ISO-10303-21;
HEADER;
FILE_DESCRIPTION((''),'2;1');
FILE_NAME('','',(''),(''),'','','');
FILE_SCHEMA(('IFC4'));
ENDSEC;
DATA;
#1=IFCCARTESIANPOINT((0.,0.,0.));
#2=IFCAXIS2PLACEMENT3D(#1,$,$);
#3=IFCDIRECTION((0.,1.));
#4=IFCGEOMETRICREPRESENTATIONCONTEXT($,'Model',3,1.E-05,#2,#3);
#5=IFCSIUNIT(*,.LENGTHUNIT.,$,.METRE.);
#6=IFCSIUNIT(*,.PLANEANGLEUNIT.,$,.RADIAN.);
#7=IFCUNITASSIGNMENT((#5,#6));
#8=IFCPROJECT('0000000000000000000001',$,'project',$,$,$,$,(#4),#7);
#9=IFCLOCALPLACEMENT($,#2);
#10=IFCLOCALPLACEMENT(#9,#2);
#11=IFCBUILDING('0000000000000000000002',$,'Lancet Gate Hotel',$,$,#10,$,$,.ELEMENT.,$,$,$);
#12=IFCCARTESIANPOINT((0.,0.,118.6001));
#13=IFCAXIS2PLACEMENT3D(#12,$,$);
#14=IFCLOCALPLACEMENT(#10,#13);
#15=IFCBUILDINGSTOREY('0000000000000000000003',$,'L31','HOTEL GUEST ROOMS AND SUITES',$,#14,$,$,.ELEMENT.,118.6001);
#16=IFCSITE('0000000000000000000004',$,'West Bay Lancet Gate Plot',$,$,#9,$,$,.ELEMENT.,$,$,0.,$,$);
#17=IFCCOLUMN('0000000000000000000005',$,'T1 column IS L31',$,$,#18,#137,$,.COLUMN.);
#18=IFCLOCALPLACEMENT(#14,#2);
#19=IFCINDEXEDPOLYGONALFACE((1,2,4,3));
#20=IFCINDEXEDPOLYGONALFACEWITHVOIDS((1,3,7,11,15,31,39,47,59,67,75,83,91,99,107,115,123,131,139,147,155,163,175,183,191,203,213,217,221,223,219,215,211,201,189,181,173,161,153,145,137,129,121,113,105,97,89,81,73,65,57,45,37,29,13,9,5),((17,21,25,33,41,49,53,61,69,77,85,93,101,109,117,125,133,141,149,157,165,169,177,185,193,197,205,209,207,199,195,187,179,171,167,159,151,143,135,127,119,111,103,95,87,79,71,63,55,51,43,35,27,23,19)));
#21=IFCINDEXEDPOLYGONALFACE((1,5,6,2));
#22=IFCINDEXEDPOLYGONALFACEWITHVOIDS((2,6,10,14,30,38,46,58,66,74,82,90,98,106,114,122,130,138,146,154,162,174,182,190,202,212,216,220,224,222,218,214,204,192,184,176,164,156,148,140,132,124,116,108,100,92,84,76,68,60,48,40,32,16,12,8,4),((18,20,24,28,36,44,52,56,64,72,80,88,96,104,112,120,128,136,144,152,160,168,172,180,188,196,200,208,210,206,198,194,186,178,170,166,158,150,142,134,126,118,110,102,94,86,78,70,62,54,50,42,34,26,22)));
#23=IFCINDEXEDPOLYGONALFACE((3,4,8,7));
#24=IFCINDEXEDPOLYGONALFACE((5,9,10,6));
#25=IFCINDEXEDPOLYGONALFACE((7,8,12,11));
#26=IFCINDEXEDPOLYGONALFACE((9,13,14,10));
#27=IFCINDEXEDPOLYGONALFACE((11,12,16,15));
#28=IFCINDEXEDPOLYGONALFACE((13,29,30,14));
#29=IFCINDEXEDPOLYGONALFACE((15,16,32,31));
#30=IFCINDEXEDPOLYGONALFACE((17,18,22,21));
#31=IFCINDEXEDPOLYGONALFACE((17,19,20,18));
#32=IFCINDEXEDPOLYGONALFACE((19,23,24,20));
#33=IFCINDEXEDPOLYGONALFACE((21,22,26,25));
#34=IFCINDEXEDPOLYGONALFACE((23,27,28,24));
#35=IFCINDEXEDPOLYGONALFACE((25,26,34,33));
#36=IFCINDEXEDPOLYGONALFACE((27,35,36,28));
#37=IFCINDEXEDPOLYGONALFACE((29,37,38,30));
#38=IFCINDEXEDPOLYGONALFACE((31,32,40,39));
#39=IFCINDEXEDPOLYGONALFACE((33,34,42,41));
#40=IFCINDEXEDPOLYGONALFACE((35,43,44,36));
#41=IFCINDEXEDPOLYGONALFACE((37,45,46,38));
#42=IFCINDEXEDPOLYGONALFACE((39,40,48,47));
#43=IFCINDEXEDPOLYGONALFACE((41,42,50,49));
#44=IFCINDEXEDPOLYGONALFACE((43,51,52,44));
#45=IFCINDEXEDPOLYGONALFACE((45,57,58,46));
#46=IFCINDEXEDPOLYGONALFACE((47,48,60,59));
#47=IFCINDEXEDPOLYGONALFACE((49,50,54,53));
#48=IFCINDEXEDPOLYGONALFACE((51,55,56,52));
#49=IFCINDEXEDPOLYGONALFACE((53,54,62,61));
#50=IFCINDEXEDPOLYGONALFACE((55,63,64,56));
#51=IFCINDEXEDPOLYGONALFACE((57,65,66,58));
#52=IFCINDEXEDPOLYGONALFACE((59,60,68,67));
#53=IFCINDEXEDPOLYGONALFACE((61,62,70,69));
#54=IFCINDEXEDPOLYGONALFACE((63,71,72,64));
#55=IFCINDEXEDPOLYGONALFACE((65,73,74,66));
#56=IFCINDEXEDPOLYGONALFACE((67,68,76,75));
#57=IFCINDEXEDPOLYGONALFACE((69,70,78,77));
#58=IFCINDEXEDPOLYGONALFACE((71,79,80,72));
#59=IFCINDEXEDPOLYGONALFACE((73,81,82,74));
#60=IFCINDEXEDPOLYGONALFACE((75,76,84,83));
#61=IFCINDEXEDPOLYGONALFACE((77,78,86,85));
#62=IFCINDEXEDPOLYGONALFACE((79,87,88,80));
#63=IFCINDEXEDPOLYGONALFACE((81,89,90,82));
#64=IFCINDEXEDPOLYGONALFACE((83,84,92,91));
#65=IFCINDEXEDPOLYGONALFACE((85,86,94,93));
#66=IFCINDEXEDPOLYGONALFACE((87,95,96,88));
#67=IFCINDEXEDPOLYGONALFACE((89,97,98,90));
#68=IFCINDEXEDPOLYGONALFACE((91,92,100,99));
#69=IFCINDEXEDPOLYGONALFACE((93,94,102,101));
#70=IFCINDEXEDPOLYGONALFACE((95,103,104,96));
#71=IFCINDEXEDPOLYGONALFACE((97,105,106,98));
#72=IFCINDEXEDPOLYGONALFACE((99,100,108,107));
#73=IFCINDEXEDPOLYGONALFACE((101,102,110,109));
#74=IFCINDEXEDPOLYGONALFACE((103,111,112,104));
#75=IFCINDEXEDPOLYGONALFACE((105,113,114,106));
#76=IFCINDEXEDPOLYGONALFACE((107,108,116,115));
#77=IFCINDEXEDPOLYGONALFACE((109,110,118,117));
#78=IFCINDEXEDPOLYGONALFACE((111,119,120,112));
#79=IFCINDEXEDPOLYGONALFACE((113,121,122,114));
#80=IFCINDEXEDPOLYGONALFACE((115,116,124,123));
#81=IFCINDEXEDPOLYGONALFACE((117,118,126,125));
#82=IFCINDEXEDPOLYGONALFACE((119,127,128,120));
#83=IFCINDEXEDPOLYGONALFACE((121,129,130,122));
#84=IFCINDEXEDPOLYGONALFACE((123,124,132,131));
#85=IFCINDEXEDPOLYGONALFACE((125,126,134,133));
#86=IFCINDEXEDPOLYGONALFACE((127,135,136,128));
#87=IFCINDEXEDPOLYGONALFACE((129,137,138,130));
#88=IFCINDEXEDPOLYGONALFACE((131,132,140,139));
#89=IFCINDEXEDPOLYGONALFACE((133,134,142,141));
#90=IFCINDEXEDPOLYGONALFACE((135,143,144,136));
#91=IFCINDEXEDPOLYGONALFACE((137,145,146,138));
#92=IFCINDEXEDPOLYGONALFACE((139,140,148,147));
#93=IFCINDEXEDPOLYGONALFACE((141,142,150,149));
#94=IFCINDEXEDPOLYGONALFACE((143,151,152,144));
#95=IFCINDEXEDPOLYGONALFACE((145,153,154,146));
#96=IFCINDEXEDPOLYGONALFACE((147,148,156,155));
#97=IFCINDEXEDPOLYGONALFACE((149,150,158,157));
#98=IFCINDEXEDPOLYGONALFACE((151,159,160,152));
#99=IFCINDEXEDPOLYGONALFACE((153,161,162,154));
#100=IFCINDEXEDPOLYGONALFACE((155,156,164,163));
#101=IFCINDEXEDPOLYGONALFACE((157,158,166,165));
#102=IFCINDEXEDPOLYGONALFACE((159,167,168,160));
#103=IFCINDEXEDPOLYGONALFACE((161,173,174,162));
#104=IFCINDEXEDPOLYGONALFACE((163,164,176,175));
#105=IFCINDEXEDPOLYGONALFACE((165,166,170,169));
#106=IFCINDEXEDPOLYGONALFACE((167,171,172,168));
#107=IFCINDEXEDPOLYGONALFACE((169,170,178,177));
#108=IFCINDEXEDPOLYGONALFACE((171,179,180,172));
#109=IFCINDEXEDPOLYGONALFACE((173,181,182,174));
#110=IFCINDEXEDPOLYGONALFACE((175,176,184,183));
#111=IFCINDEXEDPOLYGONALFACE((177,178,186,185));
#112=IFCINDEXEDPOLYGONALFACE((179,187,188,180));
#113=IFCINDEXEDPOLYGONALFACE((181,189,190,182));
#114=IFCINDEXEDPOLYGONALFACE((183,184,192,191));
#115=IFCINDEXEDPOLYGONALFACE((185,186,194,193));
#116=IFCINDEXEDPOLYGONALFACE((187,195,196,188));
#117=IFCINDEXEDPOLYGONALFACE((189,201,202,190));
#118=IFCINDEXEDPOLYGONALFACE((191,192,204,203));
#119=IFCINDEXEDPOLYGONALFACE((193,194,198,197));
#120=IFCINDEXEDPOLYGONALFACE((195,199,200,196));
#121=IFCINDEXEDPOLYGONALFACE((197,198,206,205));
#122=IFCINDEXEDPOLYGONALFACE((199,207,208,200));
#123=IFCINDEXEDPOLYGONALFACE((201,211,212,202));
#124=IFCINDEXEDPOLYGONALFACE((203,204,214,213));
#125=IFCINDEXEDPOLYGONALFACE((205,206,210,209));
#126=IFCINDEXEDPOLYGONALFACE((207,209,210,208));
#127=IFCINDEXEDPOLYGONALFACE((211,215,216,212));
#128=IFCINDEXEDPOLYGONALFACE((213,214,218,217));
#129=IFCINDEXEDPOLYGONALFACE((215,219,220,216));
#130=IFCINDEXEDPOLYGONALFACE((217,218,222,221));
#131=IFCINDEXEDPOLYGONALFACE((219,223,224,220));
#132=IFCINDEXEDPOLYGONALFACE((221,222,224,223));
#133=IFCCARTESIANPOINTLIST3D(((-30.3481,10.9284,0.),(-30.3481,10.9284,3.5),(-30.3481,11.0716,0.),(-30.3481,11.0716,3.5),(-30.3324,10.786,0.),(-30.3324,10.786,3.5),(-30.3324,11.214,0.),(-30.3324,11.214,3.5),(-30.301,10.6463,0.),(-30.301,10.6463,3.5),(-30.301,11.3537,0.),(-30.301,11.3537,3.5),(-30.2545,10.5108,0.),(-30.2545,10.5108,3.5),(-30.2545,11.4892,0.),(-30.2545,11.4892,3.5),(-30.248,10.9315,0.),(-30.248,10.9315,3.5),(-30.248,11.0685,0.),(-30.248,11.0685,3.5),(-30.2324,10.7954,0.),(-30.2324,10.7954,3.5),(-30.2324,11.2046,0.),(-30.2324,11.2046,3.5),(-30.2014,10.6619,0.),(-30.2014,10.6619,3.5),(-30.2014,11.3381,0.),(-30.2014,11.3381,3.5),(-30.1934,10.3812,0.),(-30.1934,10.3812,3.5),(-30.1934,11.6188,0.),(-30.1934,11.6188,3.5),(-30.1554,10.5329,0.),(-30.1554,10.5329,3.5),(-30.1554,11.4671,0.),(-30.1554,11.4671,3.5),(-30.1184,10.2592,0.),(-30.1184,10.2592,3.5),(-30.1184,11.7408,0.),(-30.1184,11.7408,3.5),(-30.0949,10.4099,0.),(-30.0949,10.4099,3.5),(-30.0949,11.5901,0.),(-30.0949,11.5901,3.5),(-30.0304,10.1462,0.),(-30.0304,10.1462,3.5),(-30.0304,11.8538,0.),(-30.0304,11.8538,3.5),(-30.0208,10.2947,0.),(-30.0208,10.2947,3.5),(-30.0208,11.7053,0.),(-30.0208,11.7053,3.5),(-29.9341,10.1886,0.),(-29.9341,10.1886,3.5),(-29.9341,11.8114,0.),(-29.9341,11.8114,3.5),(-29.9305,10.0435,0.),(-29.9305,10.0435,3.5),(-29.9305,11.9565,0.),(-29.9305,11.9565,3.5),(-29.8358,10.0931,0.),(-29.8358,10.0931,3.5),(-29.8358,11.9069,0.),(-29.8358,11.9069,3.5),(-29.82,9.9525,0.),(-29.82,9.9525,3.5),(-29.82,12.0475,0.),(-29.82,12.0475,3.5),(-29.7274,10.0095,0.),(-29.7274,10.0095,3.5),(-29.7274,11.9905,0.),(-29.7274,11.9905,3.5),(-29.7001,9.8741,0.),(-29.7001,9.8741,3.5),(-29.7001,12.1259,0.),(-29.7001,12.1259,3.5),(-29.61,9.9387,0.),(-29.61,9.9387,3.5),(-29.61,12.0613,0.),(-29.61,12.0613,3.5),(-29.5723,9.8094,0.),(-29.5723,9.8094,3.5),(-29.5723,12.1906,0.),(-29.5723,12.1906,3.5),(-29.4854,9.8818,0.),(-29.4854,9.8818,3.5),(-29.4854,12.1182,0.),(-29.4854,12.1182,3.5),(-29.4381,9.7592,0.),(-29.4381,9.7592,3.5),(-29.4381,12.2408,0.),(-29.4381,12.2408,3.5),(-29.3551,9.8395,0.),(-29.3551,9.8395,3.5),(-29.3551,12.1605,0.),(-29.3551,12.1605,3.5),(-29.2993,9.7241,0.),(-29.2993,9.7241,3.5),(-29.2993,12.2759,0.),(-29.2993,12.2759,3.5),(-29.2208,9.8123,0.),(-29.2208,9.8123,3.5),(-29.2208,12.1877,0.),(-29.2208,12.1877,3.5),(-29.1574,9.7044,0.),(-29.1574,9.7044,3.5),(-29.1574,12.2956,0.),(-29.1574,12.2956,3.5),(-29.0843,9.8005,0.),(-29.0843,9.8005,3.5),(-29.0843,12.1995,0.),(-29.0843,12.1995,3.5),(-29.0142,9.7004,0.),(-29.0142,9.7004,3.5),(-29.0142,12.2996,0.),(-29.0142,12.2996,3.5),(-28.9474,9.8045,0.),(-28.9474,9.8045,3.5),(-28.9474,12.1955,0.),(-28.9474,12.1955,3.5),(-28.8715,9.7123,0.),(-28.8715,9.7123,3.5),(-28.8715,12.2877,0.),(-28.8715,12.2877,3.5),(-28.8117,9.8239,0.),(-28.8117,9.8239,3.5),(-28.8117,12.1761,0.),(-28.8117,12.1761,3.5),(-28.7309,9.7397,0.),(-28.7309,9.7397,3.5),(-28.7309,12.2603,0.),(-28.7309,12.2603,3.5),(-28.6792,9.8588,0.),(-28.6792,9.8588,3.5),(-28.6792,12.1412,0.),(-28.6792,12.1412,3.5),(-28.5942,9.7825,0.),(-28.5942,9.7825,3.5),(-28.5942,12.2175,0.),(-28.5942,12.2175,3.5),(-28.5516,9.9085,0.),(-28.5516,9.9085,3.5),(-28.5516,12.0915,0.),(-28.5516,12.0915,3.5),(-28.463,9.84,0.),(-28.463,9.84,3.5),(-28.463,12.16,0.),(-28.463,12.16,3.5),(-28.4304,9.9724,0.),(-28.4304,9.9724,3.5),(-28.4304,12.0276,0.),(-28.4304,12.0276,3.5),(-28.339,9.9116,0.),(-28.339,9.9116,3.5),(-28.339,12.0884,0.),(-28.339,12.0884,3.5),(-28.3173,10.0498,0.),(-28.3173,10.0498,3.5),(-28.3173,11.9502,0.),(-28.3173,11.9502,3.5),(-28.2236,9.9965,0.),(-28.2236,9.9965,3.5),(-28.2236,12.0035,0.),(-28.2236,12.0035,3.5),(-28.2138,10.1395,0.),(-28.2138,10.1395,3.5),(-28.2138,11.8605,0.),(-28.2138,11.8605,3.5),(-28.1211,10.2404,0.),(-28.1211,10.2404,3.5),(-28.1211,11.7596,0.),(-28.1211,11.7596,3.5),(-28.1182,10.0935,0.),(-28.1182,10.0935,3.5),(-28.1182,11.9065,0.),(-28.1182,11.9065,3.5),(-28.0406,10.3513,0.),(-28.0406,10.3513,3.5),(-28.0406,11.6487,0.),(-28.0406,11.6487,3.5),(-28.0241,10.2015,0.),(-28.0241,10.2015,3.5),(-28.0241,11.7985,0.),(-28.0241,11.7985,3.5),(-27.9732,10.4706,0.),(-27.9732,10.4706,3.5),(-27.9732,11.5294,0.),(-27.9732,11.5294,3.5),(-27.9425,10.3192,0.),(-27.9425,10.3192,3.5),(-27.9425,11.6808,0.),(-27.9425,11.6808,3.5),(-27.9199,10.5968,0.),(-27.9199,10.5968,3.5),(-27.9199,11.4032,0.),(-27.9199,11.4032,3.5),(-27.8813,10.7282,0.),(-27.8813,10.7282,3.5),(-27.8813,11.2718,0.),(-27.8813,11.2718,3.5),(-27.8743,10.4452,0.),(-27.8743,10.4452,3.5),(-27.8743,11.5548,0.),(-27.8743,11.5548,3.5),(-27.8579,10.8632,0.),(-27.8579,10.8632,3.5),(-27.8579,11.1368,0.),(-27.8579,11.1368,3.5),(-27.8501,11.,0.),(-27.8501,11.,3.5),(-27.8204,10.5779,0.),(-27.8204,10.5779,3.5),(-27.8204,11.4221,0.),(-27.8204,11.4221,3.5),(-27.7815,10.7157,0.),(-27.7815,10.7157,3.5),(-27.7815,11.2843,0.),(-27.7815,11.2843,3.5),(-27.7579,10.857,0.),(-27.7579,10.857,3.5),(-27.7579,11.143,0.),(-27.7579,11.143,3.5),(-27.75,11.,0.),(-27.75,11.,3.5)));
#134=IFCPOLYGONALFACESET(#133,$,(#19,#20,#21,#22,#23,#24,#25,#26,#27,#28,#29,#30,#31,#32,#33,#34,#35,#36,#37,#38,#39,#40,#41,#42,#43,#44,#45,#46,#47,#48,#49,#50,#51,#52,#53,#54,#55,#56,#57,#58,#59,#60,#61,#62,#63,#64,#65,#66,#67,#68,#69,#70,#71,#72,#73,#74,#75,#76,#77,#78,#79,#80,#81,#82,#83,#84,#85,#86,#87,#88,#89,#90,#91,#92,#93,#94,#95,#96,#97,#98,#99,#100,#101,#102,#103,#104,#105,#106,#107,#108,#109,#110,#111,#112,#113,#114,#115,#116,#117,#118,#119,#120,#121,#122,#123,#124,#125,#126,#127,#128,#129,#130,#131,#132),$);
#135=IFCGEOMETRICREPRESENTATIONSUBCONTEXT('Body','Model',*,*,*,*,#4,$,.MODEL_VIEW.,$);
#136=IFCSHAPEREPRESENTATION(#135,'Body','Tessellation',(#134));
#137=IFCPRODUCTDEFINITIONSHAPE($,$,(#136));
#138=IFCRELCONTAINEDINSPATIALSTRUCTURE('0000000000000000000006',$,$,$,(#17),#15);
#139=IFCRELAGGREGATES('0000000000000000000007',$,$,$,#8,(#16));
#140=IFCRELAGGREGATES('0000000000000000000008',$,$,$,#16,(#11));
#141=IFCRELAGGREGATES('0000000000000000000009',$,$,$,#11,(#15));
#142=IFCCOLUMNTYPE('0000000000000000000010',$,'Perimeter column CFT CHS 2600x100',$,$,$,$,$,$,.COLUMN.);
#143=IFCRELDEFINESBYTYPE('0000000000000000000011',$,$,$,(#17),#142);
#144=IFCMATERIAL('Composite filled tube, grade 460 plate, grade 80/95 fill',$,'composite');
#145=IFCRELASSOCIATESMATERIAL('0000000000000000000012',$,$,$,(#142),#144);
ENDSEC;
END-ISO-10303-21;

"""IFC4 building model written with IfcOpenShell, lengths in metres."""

from ifc_helpers import new_model, si_unit, direction, frame, origin, origin_2d, place, context, subcontext, project, spatial, hollow_circle, extrude, material, material_profile, profile_set, type_object, element, save


model = new_model("IFC4")

# Units and contexts
model_context = context("Model", 3, precision=1e-05, world=origin(), true_north=direction((0.0, 1.0)))
body_context = subcontext(model_context, "Body", "Model", "MODEL_VIEW")
ifc_project = project(units=[si_unit("LENGTHUNIT", "METRE"), si_unit("PLANEANGLEUNIT", "RADIAN")], contexts=[model_context])

# Site, building, storey
site_placement = place(None, origin())
site = spatial("IfcSite", under=ifc_project, at=site_placement, Name="West Bay Lancet Gate Plot", CompositionType="ELEMENT", RefElevation=0.0)
building_placement = place(site_placement, origin())
building = spatial("IfcBuilding", under=site, at=building_placement, Name="Lancet Gate Hotel", CompositionType="ELEMENT")
storey_placement = place(building_placement, frame((0.0, 0.0, 118.6001)))
storey = spatial("IfcBuildingStorey", under=building, at=storey_placement, Name="L31", Description="HOTEL GUEST ROOMS AND SUITES", CompositionType="ELEMENT", Elevation=118.6001)

# Column
ifc_material_1 = material(Name="Composite filled tube, grade 460 plate, grade 80/95 fill", Category="composite")
ifc_material_profile_1 = material_profile(ifc_material_1, hollow_circle(Radius=1.3, WallThickness=0.1001, at=origin_2d()), Name="CHS 2600x100")
ifc_profile_set_1 = profile_set([ifc_material_profile_1], Name="Composite filled tube, grade 460 plate, grade 80/95 fill")
column_type = type_object("IfcColumnType", Name="Perimeter column CFT CHS 2600x100", PredefinedType="COLUMN", material=ifc_profile_set_1)
for number, where, z_axis, x_axis, name in (
    (1, (-29.05, 11.0, 0.0), (0.0, 0.0, 1.0), (1.0, 0.0, 0.0), "T1 column IS L31"),
):
    element("IfcColumn", number, at=place(storey_placement, frame(where, z_axis=z_axis, x_axis=x_axis)), inside=storey, type_object=column_type, Name=name, PredefinedType="COLUMN", context=body_context, shape_type="SweptSolid", body=[
        extrude(hollow_circle(Radius=1.3, WallThickness=0.1001, at=origin_2d()), origin(), (0.0, 0.0, 1.0), 3.5),
    ])

save(model, "model.ifc")
